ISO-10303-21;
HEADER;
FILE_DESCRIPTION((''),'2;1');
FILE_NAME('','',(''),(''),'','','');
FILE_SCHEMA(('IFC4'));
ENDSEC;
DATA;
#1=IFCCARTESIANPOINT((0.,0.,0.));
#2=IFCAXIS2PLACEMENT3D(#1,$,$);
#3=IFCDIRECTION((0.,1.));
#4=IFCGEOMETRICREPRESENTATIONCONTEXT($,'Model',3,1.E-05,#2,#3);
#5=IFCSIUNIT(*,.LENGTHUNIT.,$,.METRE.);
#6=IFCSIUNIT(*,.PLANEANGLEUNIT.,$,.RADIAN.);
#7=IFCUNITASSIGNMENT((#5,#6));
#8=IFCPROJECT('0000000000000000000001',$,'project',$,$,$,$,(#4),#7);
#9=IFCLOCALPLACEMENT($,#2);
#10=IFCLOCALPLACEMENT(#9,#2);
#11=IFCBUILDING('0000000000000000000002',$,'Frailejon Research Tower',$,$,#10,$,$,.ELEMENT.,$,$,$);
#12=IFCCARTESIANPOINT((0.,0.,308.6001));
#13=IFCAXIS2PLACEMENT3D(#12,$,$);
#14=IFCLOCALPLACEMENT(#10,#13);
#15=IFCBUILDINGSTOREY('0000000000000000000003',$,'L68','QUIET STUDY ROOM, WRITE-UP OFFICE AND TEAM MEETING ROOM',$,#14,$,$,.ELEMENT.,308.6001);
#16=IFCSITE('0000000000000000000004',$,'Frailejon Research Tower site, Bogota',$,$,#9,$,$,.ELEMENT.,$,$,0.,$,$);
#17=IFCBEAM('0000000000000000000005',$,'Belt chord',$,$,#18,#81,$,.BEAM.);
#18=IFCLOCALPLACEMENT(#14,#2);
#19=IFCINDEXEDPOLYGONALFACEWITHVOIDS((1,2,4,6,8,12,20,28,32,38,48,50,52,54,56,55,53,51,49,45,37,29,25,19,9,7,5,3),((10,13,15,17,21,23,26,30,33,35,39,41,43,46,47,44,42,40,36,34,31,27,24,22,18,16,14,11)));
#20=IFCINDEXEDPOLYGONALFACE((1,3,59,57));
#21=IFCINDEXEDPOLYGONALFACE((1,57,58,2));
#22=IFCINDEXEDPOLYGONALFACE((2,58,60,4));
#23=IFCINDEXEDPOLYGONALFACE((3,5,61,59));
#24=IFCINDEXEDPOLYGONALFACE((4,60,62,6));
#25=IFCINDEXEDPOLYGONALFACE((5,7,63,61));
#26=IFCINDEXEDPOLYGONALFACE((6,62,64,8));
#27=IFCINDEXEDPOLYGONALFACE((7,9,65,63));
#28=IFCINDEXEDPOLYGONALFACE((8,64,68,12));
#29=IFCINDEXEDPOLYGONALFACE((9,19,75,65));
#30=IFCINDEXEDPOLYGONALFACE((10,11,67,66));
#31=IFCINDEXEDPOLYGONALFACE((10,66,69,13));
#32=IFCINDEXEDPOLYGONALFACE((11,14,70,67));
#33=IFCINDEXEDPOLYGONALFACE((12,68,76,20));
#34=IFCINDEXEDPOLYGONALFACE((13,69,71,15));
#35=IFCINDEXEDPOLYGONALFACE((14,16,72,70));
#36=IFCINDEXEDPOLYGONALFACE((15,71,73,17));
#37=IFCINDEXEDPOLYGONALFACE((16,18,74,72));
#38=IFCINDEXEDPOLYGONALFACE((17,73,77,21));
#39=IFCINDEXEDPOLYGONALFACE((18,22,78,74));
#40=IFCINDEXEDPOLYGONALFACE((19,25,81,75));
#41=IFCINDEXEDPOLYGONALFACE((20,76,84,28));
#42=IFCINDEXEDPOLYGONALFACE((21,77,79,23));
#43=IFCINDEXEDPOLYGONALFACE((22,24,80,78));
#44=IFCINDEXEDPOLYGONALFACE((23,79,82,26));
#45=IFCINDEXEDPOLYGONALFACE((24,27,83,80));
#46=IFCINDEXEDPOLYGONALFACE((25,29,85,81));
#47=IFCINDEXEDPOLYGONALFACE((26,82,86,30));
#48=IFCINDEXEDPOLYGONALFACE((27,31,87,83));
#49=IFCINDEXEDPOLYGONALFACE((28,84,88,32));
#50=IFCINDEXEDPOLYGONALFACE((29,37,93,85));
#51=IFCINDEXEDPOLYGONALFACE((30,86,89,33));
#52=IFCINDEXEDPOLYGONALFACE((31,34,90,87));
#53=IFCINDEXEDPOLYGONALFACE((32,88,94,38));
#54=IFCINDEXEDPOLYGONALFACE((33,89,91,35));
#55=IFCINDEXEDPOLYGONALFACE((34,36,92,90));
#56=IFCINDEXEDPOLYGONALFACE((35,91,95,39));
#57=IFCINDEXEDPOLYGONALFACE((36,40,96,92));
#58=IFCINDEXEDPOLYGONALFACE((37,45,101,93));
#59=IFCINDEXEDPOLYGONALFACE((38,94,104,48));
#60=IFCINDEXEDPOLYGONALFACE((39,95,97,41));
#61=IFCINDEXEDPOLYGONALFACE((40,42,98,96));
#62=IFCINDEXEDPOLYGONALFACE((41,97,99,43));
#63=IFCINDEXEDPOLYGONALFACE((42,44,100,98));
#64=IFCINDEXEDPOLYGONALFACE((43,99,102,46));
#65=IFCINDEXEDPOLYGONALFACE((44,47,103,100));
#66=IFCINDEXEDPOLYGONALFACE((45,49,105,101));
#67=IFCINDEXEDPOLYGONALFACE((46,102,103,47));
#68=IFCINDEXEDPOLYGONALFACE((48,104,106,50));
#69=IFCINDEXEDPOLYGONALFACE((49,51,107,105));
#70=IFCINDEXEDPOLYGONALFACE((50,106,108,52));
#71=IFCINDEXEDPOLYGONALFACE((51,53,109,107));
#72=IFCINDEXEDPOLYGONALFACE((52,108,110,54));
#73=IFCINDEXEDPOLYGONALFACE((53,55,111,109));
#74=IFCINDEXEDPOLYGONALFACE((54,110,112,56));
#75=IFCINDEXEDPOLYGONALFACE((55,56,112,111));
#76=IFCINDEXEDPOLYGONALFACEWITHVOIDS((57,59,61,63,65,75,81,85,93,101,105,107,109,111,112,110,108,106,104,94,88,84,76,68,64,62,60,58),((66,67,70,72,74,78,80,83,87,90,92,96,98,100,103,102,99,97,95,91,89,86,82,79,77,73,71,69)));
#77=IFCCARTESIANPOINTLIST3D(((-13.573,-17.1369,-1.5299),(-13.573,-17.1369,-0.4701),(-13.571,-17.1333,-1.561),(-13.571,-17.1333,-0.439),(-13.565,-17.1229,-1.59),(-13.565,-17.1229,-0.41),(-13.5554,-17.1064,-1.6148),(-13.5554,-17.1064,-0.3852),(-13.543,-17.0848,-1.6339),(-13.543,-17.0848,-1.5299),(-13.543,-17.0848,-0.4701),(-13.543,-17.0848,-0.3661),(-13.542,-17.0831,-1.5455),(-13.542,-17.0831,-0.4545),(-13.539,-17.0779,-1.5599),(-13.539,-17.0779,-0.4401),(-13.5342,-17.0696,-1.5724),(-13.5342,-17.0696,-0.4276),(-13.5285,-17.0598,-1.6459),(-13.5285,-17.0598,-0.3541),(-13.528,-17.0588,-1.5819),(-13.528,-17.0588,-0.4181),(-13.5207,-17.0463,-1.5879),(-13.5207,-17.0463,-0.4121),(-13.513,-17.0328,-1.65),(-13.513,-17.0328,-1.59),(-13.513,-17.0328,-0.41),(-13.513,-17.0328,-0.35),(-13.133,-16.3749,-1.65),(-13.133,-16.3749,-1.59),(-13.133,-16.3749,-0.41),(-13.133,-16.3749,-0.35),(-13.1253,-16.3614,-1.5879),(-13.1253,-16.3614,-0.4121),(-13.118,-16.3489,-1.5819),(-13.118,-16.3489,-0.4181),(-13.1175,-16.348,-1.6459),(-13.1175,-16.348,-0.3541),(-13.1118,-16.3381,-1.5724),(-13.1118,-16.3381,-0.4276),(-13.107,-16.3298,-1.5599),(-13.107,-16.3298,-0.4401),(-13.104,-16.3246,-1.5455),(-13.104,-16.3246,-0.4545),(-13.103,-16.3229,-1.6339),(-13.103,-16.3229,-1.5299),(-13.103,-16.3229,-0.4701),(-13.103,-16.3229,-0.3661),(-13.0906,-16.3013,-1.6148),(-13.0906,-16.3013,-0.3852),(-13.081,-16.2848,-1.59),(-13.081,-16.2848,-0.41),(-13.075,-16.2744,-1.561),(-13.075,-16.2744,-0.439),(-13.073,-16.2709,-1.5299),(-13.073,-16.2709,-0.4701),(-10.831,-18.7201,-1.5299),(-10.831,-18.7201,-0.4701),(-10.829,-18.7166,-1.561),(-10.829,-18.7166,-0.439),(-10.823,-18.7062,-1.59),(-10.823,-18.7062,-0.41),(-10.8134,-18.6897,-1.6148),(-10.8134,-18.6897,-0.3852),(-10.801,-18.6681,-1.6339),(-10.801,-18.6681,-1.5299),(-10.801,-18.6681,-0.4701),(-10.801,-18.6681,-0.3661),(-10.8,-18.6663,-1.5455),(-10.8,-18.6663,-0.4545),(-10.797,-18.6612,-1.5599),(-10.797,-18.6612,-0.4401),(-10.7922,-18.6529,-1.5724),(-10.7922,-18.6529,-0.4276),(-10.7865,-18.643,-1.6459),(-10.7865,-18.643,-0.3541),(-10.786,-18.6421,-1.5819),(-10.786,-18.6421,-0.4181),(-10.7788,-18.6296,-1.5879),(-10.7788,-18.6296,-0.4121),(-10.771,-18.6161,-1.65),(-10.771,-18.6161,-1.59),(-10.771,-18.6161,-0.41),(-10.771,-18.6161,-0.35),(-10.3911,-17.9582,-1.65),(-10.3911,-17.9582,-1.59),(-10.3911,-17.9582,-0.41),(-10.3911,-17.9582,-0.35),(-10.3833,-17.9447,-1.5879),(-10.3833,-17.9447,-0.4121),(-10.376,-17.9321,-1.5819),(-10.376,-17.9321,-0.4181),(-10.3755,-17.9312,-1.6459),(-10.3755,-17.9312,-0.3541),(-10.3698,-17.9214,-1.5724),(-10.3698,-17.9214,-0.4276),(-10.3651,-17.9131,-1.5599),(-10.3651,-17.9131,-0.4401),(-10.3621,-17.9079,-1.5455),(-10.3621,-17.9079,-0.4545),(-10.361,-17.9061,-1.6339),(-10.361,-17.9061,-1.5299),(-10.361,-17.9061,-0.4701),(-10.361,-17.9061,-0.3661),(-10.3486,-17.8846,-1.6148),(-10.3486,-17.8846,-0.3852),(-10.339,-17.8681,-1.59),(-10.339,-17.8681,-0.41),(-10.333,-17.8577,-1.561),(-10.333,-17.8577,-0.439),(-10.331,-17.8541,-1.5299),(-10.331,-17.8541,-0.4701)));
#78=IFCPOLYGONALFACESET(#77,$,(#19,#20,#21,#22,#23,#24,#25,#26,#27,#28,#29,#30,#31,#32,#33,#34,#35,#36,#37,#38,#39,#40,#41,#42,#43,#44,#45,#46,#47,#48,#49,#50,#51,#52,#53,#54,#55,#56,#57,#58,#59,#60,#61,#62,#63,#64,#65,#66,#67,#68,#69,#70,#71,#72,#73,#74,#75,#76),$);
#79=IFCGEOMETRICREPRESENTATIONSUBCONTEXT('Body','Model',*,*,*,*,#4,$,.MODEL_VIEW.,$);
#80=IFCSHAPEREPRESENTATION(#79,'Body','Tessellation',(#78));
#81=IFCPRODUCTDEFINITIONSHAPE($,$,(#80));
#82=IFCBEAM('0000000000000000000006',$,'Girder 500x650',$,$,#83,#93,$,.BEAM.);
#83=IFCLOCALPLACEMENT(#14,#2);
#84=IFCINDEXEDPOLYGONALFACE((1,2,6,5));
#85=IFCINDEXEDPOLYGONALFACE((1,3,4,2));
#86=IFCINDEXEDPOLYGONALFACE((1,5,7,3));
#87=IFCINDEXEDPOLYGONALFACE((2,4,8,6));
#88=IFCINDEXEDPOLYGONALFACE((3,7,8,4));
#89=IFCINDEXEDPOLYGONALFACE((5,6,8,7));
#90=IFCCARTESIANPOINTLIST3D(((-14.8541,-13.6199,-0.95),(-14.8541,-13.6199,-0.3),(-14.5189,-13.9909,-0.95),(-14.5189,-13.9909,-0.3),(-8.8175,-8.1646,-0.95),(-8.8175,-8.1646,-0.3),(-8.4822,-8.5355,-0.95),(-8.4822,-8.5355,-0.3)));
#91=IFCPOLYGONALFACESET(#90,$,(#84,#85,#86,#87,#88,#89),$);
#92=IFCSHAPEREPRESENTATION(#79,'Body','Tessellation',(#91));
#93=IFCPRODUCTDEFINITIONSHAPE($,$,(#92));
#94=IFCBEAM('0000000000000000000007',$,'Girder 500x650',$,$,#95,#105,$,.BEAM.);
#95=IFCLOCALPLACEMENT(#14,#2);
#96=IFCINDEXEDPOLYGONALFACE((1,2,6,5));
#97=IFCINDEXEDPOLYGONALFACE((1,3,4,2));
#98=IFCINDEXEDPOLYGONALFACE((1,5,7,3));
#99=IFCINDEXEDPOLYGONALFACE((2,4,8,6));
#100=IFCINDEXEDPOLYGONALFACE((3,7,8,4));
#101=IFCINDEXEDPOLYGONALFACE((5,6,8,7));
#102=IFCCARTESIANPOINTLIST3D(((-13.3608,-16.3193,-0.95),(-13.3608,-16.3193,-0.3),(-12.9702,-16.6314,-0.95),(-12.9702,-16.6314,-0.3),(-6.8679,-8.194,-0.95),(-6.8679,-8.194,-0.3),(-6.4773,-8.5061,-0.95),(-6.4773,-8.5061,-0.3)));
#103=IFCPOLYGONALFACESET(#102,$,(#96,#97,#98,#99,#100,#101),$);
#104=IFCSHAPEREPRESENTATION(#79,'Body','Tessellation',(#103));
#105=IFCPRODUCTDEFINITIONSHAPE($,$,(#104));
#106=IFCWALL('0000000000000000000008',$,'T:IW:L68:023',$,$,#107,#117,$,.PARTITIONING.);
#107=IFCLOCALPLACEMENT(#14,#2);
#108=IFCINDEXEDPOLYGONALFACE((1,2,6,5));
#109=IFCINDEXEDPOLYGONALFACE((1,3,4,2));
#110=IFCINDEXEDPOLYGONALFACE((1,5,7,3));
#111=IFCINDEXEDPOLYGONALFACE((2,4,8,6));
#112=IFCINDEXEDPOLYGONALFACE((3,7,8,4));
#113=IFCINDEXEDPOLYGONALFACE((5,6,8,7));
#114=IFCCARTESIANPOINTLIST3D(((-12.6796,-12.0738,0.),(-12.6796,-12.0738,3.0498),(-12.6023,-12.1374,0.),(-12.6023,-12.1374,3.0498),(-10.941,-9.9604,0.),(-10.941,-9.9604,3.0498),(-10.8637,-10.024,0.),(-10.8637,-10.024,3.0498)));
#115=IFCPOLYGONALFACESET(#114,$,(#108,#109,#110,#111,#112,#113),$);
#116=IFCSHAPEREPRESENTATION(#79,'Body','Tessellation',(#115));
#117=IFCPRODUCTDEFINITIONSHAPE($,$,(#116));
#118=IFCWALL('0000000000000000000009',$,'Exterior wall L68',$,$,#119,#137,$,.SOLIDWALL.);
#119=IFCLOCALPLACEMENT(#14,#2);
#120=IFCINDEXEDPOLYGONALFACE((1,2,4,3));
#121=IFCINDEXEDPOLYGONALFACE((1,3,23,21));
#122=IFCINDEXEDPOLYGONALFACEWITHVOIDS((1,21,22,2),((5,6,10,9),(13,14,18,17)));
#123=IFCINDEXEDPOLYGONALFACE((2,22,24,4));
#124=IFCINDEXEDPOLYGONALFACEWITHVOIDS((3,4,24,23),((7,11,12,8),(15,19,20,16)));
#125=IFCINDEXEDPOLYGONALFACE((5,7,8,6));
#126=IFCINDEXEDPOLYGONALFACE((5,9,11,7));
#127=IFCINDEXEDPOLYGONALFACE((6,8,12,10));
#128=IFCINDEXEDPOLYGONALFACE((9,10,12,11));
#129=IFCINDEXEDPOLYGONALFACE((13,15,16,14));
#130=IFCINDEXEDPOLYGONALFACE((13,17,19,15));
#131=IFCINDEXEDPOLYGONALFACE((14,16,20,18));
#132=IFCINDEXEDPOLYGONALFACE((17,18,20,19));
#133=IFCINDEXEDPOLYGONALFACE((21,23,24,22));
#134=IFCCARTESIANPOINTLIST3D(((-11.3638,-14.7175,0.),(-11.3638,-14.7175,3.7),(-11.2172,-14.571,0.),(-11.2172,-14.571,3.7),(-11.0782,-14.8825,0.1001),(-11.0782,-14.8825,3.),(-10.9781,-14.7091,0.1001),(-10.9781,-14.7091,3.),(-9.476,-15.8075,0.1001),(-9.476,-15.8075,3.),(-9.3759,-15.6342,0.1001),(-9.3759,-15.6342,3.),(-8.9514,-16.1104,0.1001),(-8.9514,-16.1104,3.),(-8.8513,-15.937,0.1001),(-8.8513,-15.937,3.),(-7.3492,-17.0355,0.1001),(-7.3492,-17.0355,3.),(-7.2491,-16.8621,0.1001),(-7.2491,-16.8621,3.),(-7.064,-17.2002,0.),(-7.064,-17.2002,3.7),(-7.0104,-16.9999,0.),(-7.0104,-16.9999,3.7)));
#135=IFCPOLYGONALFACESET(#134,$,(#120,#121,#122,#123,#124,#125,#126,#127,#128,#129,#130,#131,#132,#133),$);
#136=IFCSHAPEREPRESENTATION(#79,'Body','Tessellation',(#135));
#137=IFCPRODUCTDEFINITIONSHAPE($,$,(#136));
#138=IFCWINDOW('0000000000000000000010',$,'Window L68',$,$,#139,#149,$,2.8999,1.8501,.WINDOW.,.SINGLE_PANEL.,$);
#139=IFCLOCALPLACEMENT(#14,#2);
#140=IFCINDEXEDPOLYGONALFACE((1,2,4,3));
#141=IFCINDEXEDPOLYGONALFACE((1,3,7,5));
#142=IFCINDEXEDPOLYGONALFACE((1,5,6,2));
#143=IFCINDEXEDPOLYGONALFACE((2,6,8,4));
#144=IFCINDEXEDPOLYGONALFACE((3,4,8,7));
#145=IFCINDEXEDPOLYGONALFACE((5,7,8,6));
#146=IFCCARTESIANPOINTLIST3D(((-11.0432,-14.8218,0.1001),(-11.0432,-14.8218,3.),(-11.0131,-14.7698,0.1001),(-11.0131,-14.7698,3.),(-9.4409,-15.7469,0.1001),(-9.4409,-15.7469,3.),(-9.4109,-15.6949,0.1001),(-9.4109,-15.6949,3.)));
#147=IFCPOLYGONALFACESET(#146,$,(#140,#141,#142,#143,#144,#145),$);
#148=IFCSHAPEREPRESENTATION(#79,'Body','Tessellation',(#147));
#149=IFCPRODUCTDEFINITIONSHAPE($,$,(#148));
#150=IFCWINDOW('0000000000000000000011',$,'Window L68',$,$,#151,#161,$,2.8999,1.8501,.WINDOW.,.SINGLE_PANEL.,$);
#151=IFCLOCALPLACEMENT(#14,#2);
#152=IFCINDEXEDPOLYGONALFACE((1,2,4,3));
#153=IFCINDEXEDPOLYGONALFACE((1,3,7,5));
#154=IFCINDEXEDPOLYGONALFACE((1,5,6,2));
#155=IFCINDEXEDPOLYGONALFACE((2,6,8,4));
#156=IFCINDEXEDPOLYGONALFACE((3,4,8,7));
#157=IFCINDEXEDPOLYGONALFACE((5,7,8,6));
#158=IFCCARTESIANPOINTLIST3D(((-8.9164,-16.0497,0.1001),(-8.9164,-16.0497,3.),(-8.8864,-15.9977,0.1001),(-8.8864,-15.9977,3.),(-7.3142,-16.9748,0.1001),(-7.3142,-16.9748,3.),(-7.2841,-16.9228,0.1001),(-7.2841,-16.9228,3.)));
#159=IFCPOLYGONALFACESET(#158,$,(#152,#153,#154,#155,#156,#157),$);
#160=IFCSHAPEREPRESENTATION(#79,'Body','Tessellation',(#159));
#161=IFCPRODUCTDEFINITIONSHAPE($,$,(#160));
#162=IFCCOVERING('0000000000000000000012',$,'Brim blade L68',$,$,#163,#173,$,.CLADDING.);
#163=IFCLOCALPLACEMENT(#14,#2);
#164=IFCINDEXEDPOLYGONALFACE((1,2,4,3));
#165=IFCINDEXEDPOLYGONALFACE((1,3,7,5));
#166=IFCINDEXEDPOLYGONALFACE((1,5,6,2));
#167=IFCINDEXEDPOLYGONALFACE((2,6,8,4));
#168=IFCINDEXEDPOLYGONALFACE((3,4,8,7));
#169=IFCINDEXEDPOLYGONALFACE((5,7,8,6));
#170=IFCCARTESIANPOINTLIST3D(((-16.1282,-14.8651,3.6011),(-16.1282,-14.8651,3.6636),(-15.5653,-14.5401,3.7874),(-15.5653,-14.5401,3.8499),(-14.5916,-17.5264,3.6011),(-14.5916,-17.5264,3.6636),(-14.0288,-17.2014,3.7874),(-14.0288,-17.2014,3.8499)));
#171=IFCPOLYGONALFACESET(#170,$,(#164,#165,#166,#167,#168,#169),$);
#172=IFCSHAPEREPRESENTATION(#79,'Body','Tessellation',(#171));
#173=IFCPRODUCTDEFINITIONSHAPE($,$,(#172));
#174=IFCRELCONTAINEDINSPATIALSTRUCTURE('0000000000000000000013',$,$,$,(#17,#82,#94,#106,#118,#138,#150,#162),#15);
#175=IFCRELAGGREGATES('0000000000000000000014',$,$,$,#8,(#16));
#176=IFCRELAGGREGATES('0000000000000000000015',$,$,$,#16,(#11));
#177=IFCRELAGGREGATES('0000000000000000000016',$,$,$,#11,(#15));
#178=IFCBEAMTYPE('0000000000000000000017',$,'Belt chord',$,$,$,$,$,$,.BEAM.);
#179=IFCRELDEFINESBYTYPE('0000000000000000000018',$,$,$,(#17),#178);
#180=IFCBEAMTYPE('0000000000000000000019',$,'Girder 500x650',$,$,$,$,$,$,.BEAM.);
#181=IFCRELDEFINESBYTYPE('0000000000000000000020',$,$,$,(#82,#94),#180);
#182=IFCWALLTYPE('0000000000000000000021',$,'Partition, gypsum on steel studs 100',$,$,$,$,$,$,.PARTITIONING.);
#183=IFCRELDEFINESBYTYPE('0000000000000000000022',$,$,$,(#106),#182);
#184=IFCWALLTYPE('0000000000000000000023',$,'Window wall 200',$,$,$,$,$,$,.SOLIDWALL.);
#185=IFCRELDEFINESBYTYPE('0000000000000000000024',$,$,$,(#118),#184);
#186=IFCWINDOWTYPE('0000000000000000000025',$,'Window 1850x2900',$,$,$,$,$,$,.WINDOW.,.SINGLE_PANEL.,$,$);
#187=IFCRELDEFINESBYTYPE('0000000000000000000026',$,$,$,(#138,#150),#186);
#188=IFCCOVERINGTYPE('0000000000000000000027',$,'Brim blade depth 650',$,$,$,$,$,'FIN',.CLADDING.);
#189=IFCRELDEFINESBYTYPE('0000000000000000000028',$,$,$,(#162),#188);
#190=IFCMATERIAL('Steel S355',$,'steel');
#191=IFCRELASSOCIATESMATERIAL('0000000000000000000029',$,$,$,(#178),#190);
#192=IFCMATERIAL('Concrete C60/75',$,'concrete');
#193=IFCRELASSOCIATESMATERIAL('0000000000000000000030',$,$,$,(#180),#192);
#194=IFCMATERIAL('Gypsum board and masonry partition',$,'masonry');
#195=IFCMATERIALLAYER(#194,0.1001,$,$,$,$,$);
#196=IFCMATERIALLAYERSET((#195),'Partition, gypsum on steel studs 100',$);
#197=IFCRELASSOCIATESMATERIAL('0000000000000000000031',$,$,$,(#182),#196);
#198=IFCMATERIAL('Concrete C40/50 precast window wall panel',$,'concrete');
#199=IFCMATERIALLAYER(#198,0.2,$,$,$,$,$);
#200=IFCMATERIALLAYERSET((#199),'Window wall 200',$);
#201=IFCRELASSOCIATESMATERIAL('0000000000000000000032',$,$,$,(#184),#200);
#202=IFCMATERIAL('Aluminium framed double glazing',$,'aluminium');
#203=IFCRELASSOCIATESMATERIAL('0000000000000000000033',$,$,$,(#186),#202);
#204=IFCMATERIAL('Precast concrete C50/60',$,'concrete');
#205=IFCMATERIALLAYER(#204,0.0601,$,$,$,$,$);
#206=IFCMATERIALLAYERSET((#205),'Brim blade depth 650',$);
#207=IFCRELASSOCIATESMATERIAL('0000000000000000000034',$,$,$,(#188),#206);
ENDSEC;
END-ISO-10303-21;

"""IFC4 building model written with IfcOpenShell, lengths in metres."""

from ifc_helpers import new_model, si_unit, direction, frame, frame_2d, origin, origin_2d, place, context, subcontext, project, spatial, polyline, rectangle, hollow_rectangle, outline, extrude, material, layer, layer_set, material_profile, profile_set, type_object, element, fill, save


model = new_model("IFC4")

# Units and contexts
model_context = context("Model", 3, precision=1e-05, world=origin(), true_north=direction((0.0, 1.0)))
body_context = subcontext(model_context, "Body", "Model", "MODEL_VIEW")
ifc_project = project(units=[si_unit("LENGTHUNIT", "METRE"), si_unit("PLANEANGLEUNIT", "RADIAN")], contexts=[model_context])

# Site, building, storey
site_placement = place(None, origin())
site = spatial("IfcSite", under=ifc_project, at=site_placement, Name="Frailejon Research Tower site, Bogota", CompositionType="ELEMENT", RefElevation=0.0)
building_placement = place(site_placement, origin())
building = spatial("IfcBuilding", under=site, at=building_placement, Name="Frailejon Research Tower", CompositionType="ELEMENT")
storey_placement = place(building_placement, frame((0.0, 0.0, 308.6001)))
storey = spatial("IfcBuildingStorey", under=building, at=storey_placement, Name="L68", Description="QUIET STUDY ROOM, WRITE-UP OFFICE AND TEAM MEETING ROOM", CompositionType="ELEMENT", Elevation=308.6001)

# Beams
ifc_material_1 = material(Name="Steel S355", Category="steel")
ifc_material_profile_1 = material_profile(ifc_material_1, hollow_rectangle(XDim=1.0, YDim=1.3, WallThickness=0.0601, InnerFilletRadius=0.0601, OuterFilletRadius=0.1201, at=origin_2d()), Name="Belt chord")
ifc_profile_set_1 = profile_set([ifc_material_profile_1], Name="Steel S355")
beam_type_1 = type_object("IfcBeamType", Name="Belt chord", PredefinedType="BEAM", material=ifc_profile_set_1)
beam_1_placement = place(storey_placement, frame((-13.323, -16.7039, -1.0), z_axis=(0.865999, -0.500045, 0.0), x_axis=(0.500045, 0.865999, 0.0)))
element("IfcBeam", 1, at=beam_1_placement, inside=storey, type_object=beam_type_1, Name="Belt chord", PredefinedType="BEAM", context=body_context, shape_type="SweptSolid", body=[
    extrude(hollow_rectangle(XDim=1.0, YDim=1.3, WallThickness=0.0601, InnerFilletRadius=0.0601, OuterFilletRadius=0.1201, at=origin_2d()), origin(), (0.0, 0.0, 1.0), 3.1663),
])
ifc_material_2 = material(Name="Concrete C60/75", Category="concrete")
ifc_material_profile_2 = material_profile(ifc_material_2, rectangle(XDim=0.5, YDim=0.6499, at=origin_2d()), Name="Girder 500x650")
ifc_profile_set_2 = profile_set([ifc_material_profile_2], Name="Concrete C60/75")
beam_type_2 = type_object("IfcBeamType", Name="Girder 500x650", PredefinedType="BEAM", material=ifc_profile_set_2)
beam_2_placement = place(storey_placement, frame((-14.6865, -13.8054, -0.625), z_axis=(0.741926, 0.670482, 0.0), x_axis=(-0.670482, 0.741926, 0.0)))
element("IfcBeam", 2, at=beam_2_placement, inside=storey, type_object=beam_type_2, Name="Girder 500x650", PredefinedType="BEAM", context=body_context, shape_type="SweptSolid", body=[
    extrude(rectangle(XDim=0.5, YDim=0.6499, at=origin_2d()), origin(), (0.0, 0.0, 1.0), 8.1365),
])
beam_3_placement = place(storey_placement, frame((-13.1655, -16.4753, -0.625), z_axis=(0.624268, 0.78121, 0.0), x_axis=(-0.78121, 0.624268, 0.0)))
element("IfcBeam", 3, at=beam_3_placement, inside=storey, type_object=beam_type_2, Name="Girder 500x650", PredefinedType="BEAM", context=body_context, shape_type="SweptSolid", body=[
    extrude(rectangle(XDim=0.5, YDim=0.6499, at=origin_2d()), origin(), (0.0, 0.0, 1.0), 10.4009),
])

# Wall
ifc_material_3 = material(Name="Gypsum board and masonry partition", Category="masonry")
ifc_layer_1 = layer(ifc_material_3, 0.1001)
ifc_layer_set_1 = layer_set([ifc_layer_1], Name="Partition, gypsum on steel studs 100")
wall_type_1 = type_object("IfcWallType", Name="Partition, gypsum on steel studs 100", PredefinedType="PARTITIONING", material=ifc_layer_set_1)
wall_1_placement = place(storey_placement, frame((-12.6409, -12.1055, 0.0), z_axis=(0.0, 0.0, 1.0), x_axis=(0.63531, 0.772257, 0.0)))
element("IfcWall", 4, at=wall_1_placement, inside=storey, type_object=wall_type_1, Name="T:IW:L68:023", PredefinedType="PARTITIONING", context=body_context, shape_type="SweptSolid", body=[
    extrude(rectangle(XDim=2.7366, YDim=0.1001, at=frame_2d((1.3682, 0.0))), origin(), (0.0, 0.0, 1.0), 3.0498),
])

# Wall, openings, windows
ifc_material_4 = material(Name="Concrete C40/50 precast window wall panel", Category="concrete")
ifc_layer_2 = layer(ifc_material_4, 0.2)
ifc_layer_set_2 = layer_set([ifc_layer_2], Name="Window wall 200")
wall_type_2 = type_object("IfcWallType", Name="Window wall 200", PredefinedType="SOLIDWALL", material=ifc_layer_set_2)
wall_2_placement = place(storey_placement, frame((-11.2905, -14.6443, 0.0), z_axis=(0.0, 0.0, 1.0), x_axis=(0.866017, -0.500015, 0.0)))
wall_2 = element("IfcWall", 5, at=wall_2_placement, inside=storey, type_object=wall_type_2, Name="Exterior wall L68", PredefinedType="SOLIDWALL", context=body_context, shape_type="SweptSolid", body=[
    extrude(outline(polyline([(-0.0269, -0.1001), (1.2144, -0.1001), (2.4556, -0.1001), (3.697, -0.1001), (4.9382, -0.1001), (4.8845, 0.1001), (3.6702, 0.1001), (2.4556, 0.1001), (1.2412, 0.1001), (0.0269, 0.1001), (-0.0269, -0.1001)])), origin(), (0.0, 0.0, 1.0), 3.7),
])
opening_1_placement = place(wall_2_placement, frame((0.303, 0.0, 0.1001)))
opening_1 = element("IfcOpeningElement", 6, at=opening_1_placement, cuts=wall_2, PredefinedType="OPENING", context=body_context, shape_type="SweptSolid", body=[
    extrude(rectangle(XDim=1.8501, YDim=2.8999, at=frame_2d((0.925, 1.45))), frame((0.0, 0.1099, 0.0), z_axis=(0.0, -1.0, 0.0), x_axis=(1.0, 0.0, 0.0)), (0.0, 0.0, 1.0), 0.22),
])
opening_2_placement = place(wall_2_placement, frame((2.7588, 0.0, 0.1001)))
opening_2 = element("IfcOpeningElement", 7, at=opening_2_placement, cuts=wall_2, PredefinedType="OPENING", context=body_context, shape_type="SweptSolid", body=[
    extrude(rectangle(XDim=1.8501, YDim=2.8999, at=frame_2d((0.925, 1.45))), frame((0.0, 0.1099, 0.0), z_axis=(0.0, -1.0, 0.0), x_axis=(1.0, 0.0, 0.0)), (0.0, 0.0, 1.0), 0.22),
])
ifc_material_5 = material(Name="Aluminium framed double glazing", Category="aluminium")
window_type = type_object("IfcWindowType", Name="Window 1850x2900", PartitioningType="SINGLE_PANEL", PredefinedType="WINDOW", material=ifc_material_5)
window_1_placement = place(opening_1_placement, origin())
window_1 = element("IfcWindow", 8, at=window_1_placement, inside=storey, type_object=window_type, Name="Window L68", OverallHeight=2.8999, OverallWidth=1.8501, PartitioningType="SINGLE_PANEL", PredefinedType="WINDOW", context=body_context, shape_type="SweptSolid", body=[
    extrude(rectangle(XDim=1.8501, YDim=2.8999, at=frame_2d((0.925, 1.45))), frame((0.0, 0.03, 0.0), z_axis=(0.0, -1.0, 0.0), x_axis=(1.0, 0.0, 0.0)), (0.0, 0.0, 1.0), 0.0601),
])
fill(opening_1, window_1)
window_2_placement = place(opening_2_placement, origin())
window_2 = element("IfcWindow", 9, at=window_2_placement, inside=storey, type_object=window_type, Name="Window L68", OverallHeight=2.8999, OverallWidth=1.8501, PartitioningType="SINGLE_PANEL", PredefinedType="WINDOW", context=body_context, shape_type="SweptSolid", body=[
    extrude(rectangle(XDim=1.8501, YDim=2.8999, at=frame_2d((0.925, 1.45))), frame((0.0, 0.03, 0.0), z_axis=(0.0, -1.0, 0.0), x_axis=(1.0, 0.0, 0.0)), (0.0, 0.0, 1.0), 0.0601),
])
fill(opening_2, window_2)

# Covering
ifc_material_6 = material(Name="Precast concrete C50/60", Category="concrete")
ifc_layer_3 = layer(ifc_material_6, 0.0601)
ifc_layer_set_3 = layer_set([ifc_layer_3], Name="Brim blade depth 650")
covering_type_1 = type_object("IfcCoveringType", Name="Brim blade depth 650", ElementType="FIN", PredefinedType="CLADDING", material=ifc_layer_set_3)
covering_1_placement = place(storey_placement, frame((-14.0288, -17.2014, 3.8499), z_axis=(-0.500013, 0.866018, 0.0), x_axis=(-0.866018, -0.500013, 0.0)))
element("IfcCovering", 10, at=covering_1_placement, inside=storey, type_object=covering_type_1, Name="Brim blade L68", PredefinedType="CLADDING", context=body_context, shape_type="SweptSolid", body=[
    extrude(outline(polyline([(0.0, -0.0625), (0.6499, -0.2488), (0.6499, -0.1863), (0.0, 0.0), (0.0, -0.0625)])), origin(), (0.0, 0.0, 1.0), 3.073),
])

save(model, "model.ifc")
